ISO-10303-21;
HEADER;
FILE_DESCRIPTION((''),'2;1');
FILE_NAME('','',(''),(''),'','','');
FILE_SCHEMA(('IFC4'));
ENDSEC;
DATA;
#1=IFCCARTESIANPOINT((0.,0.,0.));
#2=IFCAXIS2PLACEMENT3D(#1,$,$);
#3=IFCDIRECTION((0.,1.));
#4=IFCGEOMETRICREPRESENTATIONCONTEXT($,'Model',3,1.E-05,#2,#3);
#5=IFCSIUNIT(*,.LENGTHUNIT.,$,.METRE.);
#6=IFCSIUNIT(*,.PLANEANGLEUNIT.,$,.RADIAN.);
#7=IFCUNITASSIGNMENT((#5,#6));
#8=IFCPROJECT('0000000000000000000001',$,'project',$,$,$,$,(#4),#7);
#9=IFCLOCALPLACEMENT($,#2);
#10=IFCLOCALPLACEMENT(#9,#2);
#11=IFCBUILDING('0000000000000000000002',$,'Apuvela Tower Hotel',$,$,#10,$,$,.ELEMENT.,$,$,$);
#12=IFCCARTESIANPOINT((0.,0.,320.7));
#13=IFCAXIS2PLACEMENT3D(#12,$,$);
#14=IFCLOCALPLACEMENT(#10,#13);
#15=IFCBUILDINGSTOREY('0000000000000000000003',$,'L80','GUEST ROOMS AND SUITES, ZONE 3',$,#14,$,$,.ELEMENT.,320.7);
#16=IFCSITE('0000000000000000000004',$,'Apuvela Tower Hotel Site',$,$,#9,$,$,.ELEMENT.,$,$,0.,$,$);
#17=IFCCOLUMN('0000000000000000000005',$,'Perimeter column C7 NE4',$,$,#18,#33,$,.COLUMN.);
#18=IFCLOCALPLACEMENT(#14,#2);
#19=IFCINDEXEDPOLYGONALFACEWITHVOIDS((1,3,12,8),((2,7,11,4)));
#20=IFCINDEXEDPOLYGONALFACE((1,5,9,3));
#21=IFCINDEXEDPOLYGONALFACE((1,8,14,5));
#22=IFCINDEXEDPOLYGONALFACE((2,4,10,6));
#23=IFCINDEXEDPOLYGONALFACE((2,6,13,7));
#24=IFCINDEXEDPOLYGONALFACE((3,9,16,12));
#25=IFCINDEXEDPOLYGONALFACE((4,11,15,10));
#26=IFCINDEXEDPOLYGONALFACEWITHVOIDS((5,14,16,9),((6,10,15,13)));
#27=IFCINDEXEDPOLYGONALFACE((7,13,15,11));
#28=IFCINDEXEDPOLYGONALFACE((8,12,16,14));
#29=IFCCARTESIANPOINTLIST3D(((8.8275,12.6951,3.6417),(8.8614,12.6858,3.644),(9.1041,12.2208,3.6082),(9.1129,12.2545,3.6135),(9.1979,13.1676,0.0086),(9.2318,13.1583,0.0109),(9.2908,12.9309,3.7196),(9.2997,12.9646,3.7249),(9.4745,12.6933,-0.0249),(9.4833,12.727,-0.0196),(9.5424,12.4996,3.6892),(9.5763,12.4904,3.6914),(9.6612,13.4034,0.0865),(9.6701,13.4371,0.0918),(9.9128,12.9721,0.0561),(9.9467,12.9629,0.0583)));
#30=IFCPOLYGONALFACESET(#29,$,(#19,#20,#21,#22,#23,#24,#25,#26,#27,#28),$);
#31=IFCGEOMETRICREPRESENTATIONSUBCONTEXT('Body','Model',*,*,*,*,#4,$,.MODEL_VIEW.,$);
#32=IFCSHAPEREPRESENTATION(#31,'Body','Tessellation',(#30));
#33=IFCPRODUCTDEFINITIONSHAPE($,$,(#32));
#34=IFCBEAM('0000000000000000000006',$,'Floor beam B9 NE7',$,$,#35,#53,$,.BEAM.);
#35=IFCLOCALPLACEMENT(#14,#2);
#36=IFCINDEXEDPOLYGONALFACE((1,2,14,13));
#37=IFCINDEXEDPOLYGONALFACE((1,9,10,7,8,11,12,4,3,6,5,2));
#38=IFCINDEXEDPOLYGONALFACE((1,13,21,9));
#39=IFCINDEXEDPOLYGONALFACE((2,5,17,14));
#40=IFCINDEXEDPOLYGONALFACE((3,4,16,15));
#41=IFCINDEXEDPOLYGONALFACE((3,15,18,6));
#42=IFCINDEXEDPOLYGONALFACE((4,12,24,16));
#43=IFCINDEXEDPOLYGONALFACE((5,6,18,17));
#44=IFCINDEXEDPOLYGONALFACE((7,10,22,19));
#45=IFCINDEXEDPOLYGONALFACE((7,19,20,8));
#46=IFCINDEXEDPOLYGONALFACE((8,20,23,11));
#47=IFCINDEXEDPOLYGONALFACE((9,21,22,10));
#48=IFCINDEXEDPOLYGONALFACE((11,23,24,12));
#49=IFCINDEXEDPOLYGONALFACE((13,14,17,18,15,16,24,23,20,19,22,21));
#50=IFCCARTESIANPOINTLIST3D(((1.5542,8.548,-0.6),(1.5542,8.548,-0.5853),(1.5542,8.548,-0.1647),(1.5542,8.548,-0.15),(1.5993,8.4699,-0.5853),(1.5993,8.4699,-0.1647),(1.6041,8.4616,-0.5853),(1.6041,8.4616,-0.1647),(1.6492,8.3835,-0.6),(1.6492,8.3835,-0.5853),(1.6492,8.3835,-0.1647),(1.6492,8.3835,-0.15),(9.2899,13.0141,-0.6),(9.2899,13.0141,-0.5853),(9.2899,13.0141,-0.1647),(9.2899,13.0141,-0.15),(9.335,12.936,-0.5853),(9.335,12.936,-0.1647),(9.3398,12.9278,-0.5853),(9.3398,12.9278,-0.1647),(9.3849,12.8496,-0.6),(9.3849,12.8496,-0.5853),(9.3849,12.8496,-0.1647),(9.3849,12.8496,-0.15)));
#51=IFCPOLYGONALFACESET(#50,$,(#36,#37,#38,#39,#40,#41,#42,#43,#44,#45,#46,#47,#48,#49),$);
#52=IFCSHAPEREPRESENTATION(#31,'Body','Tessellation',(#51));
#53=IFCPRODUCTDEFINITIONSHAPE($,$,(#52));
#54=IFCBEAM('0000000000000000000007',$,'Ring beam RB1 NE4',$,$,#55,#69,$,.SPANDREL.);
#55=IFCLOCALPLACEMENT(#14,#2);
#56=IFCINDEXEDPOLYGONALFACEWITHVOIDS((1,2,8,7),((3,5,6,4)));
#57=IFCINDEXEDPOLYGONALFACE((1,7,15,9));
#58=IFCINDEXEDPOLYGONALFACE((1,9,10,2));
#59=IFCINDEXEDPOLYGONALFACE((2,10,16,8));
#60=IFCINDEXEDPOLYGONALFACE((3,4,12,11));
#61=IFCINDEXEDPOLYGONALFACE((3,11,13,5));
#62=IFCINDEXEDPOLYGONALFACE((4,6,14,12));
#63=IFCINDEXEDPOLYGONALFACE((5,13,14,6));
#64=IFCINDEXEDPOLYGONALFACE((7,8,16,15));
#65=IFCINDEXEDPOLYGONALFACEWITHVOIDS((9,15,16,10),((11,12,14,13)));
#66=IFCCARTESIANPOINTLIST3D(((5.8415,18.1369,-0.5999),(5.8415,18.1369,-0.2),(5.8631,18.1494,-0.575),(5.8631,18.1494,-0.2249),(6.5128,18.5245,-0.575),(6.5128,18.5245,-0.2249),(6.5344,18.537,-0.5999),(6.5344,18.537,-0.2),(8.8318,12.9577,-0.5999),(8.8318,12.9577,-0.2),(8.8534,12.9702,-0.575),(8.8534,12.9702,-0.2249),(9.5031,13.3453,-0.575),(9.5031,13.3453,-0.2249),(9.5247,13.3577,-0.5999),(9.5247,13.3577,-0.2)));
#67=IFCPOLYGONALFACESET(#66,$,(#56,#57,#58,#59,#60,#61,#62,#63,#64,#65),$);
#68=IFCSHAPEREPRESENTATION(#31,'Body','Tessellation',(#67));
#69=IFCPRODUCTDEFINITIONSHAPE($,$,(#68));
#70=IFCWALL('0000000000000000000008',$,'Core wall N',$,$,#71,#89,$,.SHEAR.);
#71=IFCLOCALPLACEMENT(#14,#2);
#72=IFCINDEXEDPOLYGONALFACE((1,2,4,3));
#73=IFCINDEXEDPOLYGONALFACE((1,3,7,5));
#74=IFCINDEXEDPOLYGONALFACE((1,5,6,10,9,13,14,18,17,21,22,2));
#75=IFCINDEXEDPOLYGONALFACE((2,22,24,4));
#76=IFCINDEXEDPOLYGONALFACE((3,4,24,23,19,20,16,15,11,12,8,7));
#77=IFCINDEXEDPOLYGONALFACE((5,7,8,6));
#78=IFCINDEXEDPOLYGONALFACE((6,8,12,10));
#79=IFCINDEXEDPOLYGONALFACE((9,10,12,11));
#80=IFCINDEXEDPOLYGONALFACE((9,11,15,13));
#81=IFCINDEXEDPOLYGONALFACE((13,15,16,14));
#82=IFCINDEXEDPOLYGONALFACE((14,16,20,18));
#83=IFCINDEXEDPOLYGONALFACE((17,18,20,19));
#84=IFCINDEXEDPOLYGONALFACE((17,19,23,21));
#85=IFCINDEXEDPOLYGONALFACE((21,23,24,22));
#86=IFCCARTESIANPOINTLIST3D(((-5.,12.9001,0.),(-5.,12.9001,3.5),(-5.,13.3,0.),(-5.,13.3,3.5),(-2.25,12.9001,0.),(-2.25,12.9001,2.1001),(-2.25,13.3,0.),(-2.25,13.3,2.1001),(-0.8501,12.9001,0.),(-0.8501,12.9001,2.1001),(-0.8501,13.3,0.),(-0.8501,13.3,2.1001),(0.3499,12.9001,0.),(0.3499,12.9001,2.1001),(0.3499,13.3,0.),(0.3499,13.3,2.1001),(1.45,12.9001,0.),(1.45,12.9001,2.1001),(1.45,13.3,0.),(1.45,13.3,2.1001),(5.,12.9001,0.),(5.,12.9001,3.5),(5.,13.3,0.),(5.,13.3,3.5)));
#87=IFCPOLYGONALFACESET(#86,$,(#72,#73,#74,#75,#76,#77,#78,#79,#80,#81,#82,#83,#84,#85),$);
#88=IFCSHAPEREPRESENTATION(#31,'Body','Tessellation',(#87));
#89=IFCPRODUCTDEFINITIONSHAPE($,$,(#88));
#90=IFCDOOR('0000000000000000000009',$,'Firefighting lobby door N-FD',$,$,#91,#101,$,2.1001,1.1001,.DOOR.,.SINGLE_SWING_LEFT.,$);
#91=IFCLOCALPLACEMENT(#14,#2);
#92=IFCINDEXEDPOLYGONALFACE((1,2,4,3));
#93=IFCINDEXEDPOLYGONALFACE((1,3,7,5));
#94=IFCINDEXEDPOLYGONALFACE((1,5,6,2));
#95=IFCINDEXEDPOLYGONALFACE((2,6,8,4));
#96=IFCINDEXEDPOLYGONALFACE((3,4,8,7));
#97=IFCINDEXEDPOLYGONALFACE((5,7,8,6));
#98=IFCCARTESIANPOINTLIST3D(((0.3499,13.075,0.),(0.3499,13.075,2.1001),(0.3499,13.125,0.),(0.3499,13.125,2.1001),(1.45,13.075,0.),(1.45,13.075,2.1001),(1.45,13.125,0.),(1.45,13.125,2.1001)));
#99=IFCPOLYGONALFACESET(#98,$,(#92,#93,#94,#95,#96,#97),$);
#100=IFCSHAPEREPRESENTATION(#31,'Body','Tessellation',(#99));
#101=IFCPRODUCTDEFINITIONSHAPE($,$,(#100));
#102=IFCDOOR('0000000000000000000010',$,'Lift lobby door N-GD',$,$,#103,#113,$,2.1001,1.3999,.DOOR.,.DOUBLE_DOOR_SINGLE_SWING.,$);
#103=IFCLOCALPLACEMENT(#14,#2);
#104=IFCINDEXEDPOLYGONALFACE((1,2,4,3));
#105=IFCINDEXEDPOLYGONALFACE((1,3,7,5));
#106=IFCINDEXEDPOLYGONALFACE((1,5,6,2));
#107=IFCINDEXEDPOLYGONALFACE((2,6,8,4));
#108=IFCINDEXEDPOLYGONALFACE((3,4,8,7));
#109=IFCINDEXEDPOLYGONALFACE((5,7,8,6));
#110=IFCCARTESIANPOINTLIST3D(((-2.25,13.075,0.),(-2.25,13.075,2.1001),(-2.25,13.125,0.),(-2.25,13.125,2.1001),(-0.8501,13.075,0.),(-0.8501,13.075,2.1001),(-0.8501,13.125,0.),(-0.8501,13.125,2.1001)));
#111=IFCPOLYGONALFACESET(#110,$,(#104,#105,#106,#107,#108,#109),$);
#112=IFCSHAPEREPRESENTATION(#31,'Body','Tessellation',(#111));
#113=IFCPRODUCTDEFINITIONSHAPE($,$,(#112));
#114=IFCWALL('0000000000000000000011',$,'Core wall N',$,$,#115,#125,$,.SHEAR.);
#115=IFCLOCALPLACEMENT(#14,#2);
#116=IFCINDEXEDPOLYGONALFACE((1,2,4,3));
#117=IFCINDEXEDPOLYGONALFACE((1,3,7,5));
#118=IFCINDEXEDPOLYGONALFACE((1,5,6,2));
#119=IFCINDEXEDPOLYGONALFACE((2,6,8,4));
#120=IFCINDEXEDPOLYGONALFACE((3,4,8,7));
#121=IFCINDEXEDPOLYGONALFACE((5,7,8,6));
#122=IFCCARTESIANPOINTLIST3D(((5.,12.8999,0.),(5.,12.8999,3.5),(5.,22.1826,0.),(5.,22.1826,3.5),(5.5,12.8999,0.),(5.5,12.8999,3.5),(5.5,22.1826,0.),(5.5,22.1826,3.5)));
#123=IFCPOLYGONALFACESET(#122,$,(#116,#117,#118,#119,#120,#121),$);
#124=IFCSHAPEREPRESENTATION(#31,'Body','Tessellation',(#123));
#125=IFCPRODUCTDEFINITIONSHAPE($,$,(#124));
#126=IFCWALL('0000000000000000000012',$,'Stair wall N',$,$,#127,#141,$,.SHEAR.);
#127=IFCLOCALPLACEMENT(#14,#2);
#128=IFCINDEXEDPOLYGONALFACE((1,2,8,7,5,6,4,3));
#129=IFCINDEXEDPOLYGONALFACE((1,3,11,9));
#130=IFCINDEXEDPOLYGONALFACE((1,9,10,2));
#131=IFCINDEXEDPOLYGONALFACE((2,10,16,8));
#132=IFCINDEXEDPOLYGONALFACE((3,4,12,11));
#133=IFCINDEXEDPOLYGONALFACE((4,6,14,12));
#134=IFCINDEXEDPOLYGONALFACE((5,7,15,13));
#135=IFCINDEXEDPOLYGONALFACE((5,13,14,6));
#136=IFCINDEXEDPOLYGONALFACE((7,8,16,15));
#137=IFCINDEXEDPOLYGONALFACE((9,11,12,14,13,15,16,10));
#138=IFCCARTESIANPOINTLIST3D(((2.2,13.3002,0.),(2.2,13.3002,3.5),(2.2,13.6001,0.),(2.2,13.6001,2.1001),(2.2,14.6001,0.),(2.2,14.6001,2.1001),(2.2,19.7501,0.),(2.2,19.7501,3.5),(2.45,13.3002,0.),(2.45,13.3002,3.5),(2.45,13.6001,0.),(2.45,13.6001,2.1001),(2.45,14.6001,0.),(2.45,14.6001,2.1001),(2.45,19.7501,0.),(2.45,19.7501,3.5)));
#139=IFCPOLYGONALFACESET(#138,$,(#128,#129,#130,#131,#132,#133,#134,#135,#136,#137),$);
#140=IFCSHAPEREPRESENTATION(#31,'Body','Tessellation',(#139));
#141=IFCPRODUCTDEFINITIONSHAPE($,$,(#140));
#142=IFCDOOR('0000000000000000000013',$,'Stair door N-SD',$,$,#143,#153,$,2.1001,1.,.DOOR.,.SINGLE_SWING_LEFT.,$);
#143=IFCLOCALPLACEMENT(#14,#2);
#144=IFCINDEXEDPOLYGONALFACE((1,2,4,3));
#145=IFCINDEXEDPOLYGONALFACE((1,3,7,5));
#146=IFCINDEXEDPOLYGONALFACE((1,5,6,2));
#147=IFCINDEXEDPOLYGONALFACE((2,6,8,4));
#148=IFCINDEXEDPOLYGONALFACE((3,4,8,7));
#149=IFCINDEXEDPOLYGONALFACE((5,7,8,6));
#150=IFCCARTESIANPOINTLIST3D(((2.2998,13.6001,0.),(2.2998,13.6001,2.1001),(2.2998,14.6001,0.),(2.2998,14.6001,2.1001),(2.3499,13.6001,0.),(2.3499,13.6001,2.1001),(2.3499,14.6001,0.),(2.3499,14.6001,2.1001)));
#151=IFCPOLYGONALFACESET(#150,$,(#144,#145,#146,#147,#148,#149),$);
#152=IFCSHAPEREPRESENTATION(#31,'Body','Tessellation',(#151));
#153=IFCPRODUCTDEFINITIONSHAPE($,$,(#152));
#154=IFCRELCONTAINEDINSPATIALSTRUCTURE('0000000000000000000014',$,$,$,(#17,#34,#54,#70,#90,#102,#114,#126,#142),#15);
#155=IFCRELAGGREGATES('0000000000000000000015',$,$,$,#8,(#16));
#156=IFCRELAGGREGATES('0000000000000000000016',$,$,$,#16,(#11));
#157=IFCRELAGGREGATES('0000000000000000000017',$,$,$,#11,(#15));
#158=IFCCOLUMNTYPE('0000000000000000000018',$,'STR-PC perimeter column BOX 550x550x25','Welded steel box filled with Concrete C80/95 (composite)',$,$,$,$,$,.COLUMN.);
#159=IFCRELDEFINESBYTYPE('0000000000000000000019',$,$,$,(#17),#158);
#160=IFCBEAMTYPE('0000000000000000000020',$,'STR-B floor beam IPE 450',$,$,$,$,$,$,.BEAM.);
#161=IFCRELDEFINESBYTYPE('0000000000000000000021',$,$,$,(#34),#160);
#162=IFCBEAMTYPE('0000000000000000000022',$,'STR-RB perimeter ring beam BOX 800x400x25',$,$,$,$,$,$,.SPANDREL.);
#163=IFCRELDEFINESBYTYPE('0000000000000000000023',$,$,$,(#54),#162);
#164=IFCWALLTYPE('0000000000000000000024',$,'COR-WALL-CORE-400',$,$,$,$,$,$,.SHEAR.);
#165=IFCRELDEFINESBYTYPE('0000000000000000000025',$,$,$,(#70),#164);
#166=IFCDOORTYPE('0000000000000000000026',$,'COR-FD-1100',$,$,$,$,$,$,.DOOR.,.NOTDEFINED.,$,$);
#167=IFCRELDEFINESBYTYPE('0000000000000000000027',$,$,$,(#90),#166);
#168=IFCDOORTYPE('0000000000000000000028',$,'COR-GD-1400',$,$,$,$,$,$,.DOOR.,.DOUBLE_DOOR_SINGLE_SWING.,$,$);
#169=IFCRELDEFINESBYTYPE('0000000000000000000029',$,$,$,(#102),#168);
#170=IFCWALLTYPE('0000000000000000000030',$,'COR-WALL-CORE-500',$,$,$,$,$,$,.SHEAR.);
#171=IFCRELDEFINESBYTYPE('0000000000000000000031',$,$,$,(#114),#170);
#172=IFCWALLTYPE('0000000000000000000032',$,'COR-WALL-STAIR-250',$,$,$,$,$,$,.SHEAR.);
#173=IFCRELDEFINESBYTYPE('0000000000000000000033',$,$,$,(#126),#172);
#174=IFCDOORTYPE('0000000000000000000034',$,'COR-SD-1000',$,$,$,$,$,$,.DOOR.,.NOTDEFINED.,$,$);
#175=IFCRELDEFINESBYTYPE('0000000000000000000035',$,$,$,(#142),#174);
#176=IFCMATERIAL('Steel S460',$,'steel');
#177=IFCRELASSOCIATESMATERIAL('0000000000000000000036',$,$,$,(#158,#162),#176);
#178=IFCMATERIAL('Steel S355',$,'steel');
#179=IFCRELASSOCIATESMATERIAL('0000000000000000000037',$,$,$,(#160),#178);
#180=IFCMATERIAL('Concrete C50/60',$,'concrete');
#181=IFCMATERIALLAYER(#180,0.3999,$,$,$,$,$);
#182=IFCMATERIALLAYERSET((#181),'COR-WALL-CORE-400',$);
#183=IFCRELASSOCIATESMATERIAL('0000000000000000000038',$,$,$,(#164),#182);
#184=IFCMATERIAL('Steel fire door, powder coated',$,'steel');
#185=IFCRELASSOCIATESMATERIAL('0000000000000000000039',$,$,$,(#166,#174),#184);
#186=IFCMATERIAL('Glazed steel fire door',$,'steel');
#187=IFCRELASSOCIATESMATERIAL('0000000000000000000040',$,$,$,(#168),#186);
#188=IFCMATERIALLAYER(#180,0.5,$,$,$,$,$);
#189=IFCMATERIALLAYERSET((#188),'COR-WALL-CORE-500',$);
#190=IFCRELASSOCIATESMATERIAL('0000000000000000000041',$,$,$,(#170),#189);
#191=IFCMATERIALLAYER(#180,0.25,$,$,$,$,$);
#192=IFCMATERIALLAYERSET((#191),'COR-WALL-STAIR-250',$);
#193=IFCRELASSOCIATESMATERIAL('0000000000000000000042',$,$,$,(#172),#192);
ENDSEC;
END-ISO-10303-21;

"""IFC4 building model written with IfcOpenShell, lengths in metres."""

from ifc_helpers import new_model, si_unit, direction, frame, frame_2d, origin, origin_2d, place, context, subcontext, project, spatial, rectangle, hollow_rectangle, i_section, extrude, boolean, halfspace, material, layer, layer_set, material_profile, profile_set, type_object, element, fill, save


model = new_model("IFC4")

# Units and contexts
model_context = context("Model", 3, precision=1e-05, world=origin(), true_north=direction((0.0, 1.0)))
body_context = subcontext(model_context, "Body", "Model", "MODEL_VIEW")
ifc_project = project(units=[si_unit("LENGTHUNIT", "METRE"), si_unit("PLANEANGLEUNIT", "RADIAN")], contexts=[model_context])

# Site, building, storey
site_placement = place(None, origin())
site = spatial("IfcSite", under=ifc_project, at=site_placement, Name="Apuvela Tower Hotel Site", CompositionType="ELEMENT", RefElevation=0.0)
building_placement = place(site_placement, origin())
building = spatial("IfcBuilding", under=site, at=building_placement, Name="Apuvela Tower Hotel", CompositionType="ELEMENT")
storey_placement = place(building_placement, frame((0.0, 0.0, 320.7)))
storey = spatial("IfcBuildingStorey", under=building, at=storey_placement, Name="L80", Description="GUEST ROOMS AND SUITES, ZONE 3", CompositionType="ELEMENT", Elevation=320.7)

# Column
ifc_material_1 = material(Name="Steel S460", Category="steel")
ifc_material_profile_1 = material_profile(ifc_material_1, hollow_rectangle(XDim=0.55, YDim=0.55, WallThickness=0.0249, at=origin_2d()), Name="BOX 550x550x25")
ifc_material_2 = material(Name="Concrete C80/95", Category="concrete")
ifc_material_profile_2 = material_profile(ifc_material_2, rectangle(XDim=0.5, YDim=0.5, at=origin_2d()), Name="Concrete C80/95 infill")
ifc_profile_set_1 = profile_set([ifc_material_profile_1, ifc_material_profile_2], Name="Steel S460")
column_type = type_object("IfcColumnType", Name="STR-PC perimeter column BOX 550x550x25", Description="Welded steel box filled with Concrete C80/95 (composite)", PredefinedType="COLUMN", material=ifc_profile_set_1)
column_placement = place(storey_placement, frame((9.5757, 13.0696, 0.0), z_axis=(-0.100582, -0.128316, 0.98662), x_axis=(-0.50286, 0.862222, 0.060872)))
element("IfcColumn", 1, at=column_placement, inside=storey, type_object=column_type, Name="Perimeter column C7 NE4", PredefinedType="COLUMN", context=body_context, shape_type="SweptSolid", body=[
    boolean("DIFFERENCE", boolean("DIFFERENCE", extrude(hollow_rectangle(XDim=0.55, YDim=0.55, WallThickness=0.0249, at=origin_2d()), origin(), (0.0, 0.0, 1.0), 3.7502), halfspace(frame((0.0, 0.0, 0.0339), z_axis=(0.0, 0.0, 1.0), x_axis=(1.0, 0.0, 0.0)), True)), halfspace(frame((0.0, 0.0, 3.7163), z_axis=(0.0, 0.0, 1.0), x_axis=(1.0, 0.0, 0.0)), False)),
])

# Beams
ifc_material_3 = material(Name="Steel S355", Category="steel")
ifc_material_profile_3 = material_profile(ifc_material_3, i_section(OverallWidth=0.1899, OverallDepth=0.45, WebThickness=0.0095, FlangeThickness=0.0146, at=origin_2d()), Name="IPE 450")
ifc_profile_set_2 = profile_set([ifc_material_profile_3], Name="Steel S355")
beam_type_1 = type_object("IfcBeamType", Name="STR-B floor beam IPE 450", PredefinedType="BEAM", material=ifc_profile_set_2)
beam_1_placement = place(storey_placement, frame((9.3374, 12.9319, -0.375), z_axis=(-0.866029, -0.499993, 0.0), x_axis=(0.499993, -0.866029, 0.0)))
element("IfcBeam", 2, at=beam_1_placement, inside=storey, type_object=beam_type_1, Name="Floor beam B9 NE7", PredefinedType="BEAM", context=body_context, shape_type="SweptSolid", body=[
    extrude(i_section(OverallWidth=0.1899, OverallDepth=0.45, WebThickness=0.0095, FlangeThickness=0.0146, at=origin_2d()), origin(), (0.0, 0.0, 1.0), 8.9324),
])
ifc_material_profile_4 = material_profile(ifc_material_1, hollow_rectangle(XDim=0.8, YDim=0.3999, WallThickness=0.0249, at=origin_2d()), Name="BOX 800x400x25")
ifc_profile_set_3 = profile_set([ifc_material_profile_4], Name="Steel S460")
beam_type_2 = type_object("IfcBeamType", Name="STR-RB perimeter ring beam BOX 800x400x25", PredefinedType="SPANDREL", material=ifc_profile_set_3)
beam_2_placement = place(storey_placement, frame((9.1782, 13.1577, -0.3999), z_axis=(-0.500003, 0.866024, 0.0), x_axis=(-0.866024, -0.500003, 0.0)))
element("IfcBeam", 3, at=beam_2_placement, inside=storey, type_object=beam_type_2, Name="Ring beam RB1 NE4", PredefinedType="SPANDREL", context=body_context, shape_type="SweptSolid", body=[
    extrude(hollow_rectangle(XDim=0.8, YDim=0.3999, WallThickness=0.0249, at=origin_2d()), origin(), (0.0, 0.0, 1.0), 5.9805),
])

# Wall, openings, doors
ifc_material_4 = material(Name="Concrete C50/60", Category="concrete")
ifc_layer_1 = layer(ifc_material_4, 0.3999)
ifc_layer_set_1 = layer_set([ifc_layer_1], Name="COR-WALL-CORE-400")
wall_type_1 = type_object("IfcWallType", Name="COR-WALL-CORE-400", PredefinedType="SHEAR", material=ifc_layer_set_1)
wall_1_placement = place(storey_placement, frame((5.0, 13.1001, 0.0), z_axis=(0.0, 0.0, 1.0), x_axis=(-1.0, 0.0, 0.0)))
wall_1 = element("IfcWall", 4, at=wall_1_placement, inside=storey, type_object=wall_type_1, Name="Core wall N", PredefinedType="SHEAR", context=body_context, shape_type="SweptSolid", body=[
    extrude(rectangle(XDim=10.0, YDim=0.3999, at=frame_2d((5.0, 0.0))), origin(), (0.0, 0.0, 1.0), 3.5),
])
opening_1_placement = place(wall_1_placement, frame((3.55, 0.0, 0.0)))
opening_1 = element("IfcOpeningElement", 5, at=opening_1_placement, cuts=wall_1, PredefinedType="OPENING", context=body_context, shape_type="SweptSolid", body=[
    extrude(rectangle(XDim=1.1001, YDim=2.1001, at=frame_2d((0.55, 1.05))), frame((0.0, 0.21, 0.0), z_axis=(0.0, -1.0, 0.0), x_axis=(1.0, 0.0, 0.0)), (0.0, 0.0, 1.0), 0.4199),
])
opening_2_placement = place(wall_1_placement, frame((5.8501, 0.0, 0.0)))
opening_2 = element("IfcOpeningElement", 6, at=opening_2_placement, cuts=wall_1, PredefinedType="OPENING", context=body_context, shape_type="SweptSolid", body=[
    extrude(rectangle(XDim=1.3999, YDim=2.1001, at=frame_2d((0.7, 1.05))), frame((0.0, 0.21, 0.0), z_axis=(0.0, -1.0, 0.0), x_axis=(1.0, 0.0, 0.0)), (0.0, 0.0, 1.0), 0.4199),
])
ifc_material_5 = material(Name="Steel fire door, powder coated", Category="steel")
door_type_1 = type_object("IfcDoorType", Name="COR-FD-1100", OperationType="NOTDEFINED", PredefinedType="DOOR", material=ifc_material_5)
door_1_placement = place(opening_1_placement, frame((1.1001, 0.0, 0.0), z_axis=(0.0, 0.0, 1.0), x_axis=(-1.0, 0.0, 0.0)))
door_1 = element("IfcDoor", 7, at=door_1_placement, inside=storey, type_object=door_type_1, Name="Firefighting lobby door N-FD", OperationType="SINGLE_SWING_LEFT", OverallHeight=2.1001, OverallWidth=1.1001, PredefinedType="DOOR", context=body_context, shape_type="SweptSolid", body=[
    extrude(rectangle(XDim=1.1001, YDim=2.1001, at=frame_2d((0.55, 1.05))), frame((0.0, 0.0249, 0.0), z_axis=(0.0, -1.0, 0.0), x_axis=(1.0, 0.0, 0.0)), (0.0, 0.0, 1.0), 0.05),
])
fill(opening_1, door_1)
ifc_material_6 = material(Name="Glazed steel fire door", Category="steel")
door_type_2 = type_object("IfcDoorType", Name="COR-GD-1400", OperationType="DOUBLE_DOOR_SINGLE_SWING", PredefinedType="DOOR", material=ifc_material_6)
door_2_placement = place(opening_2_placement, frame((1.3999, 0.0, 0.0), z_axis=(0.0, 0.0, 1.0), x_axis=(-1.0, 0.0, 0.0)))
door_2 = element("IfcDoor", 8, at=door_2_placement, inside=storey, type_object=door_type_2, Name="Lift lobby door N-GD", OperationType="DOUBLE_DOOR_SINGLE_SWING", OverallHeight=2.1001, OverallWidth=1.3999, PredefinedType="DOOR", context=body_context, shape_type="SweptSolid", body=[
    extrude(rectangle(XDim=1.3999, YDim=2.1001, at=frame_2d((0.7, 1.05))), frame((0.0, 0.0249, 0.0), z_axis=(0.0, -1.0, 0.0), x_axis=(1.0, 0.0, 0.0)), (0.0, 0.0, 1.0), 0.05),
])
fill(opening_2, door_2)

# Wall
ifc_layer_2 = layer(ifc_material_4, 0.5)
ifc_layer_set_2 = layer_set([ifc_layer_2], Name="COR-WALL-CORE-500")
wall_type_2 = type_object("IfcWallType", Name="COR-WALL-CORE-500", PredefinedType="SHEAR", material=ifc_layer_set_2)
wall_2_placement = place(storey_placement, frame((5.25, 12.8999, 0.0), z_axis=(0.0, 0.0, 1.0), x_axis=(0.0, 1.0, 0.0)))
element("IfcWall", 9, at=wall_2_placement, inside=storey, type_object=wall_type_2, Name="Core wall N", PredefinedType="SHEAR", context=body_context, shape_type="SweptSolid", body=[
    extrude(rectangle(XDim=9.2827, YDim=0.5, at=frame_2d((4.6414, 0.0))), origin(), (0.0, 0.0, 1.0), 3.5),
])

# Wall, opening, door
ifc_layer_3 = layer(ifc_material_4, 0.25)
ifc_layer_set_3 = layer_set([ifc_layer_3], Name="COR-WALL-STAIR-250")
wall_type_3 = type_object("IfcWallType", Name="COR-WALL-STAIR-250", PredefinedType="SHEAR", material=ifc_layer_set_3)
wall_3_placement = place(storey_placement, frame((2.325, 13.3, 0.0), z_axis=(0.0, 0.0, 1.0), x_axis=(0.0, 1.0, 0.0)))
wall_3 = element("IfcWall", 10, at=wall_3_placement, inside=storey, type_object=wall_type_3, Name="Stair wall N", PredefinedType="SHEAR", context=body_context, shape_type="SweptSolid", body=[
    extrude(rectangle(XDim=6.45, YDim=0.25, at=frame_2d((3.2251, 0.0))), origin(), (0.0, 0.0, 1.0), 3.5),
])
opening_3_placement = place(wall_3_placement, frame((0.3, 0.0, 0.0)))
opening_3 = element("IfcOpeningElement", 11, at=opening_3_placement, cuts=wall_3, PredefinedType="OPENING", context=body_context, shape_type="SweptSolid", body=[
    extrude(rectangle(XDim=1.0, YDim=2.1001, at=frame_2d((0.5, 1.05))), frame((0.0, 0.135, 0.0), z_axis=(0.0, -1.0, 0.0), x_axis=(1.0, 0.0, 0.0)), (0.0, 0.0, 1.0), 0.27),
])
door_type_3 = type_object("IfcDoorType", Name="COR-SD-1000", OperationType="NOTDEFINED", PredefinedType="DOOR", material=ifc_material_5)
door_3_placement = place(opening_3_placement, frame((1.0, 0.0, 0.0), z_axis=(0.0, 0.0, 1.0), x_axis=(-1.0, 0.0, 0.0)))
door_3 = element("IfcDoor", 12, at=door_3_placement, inside=storey, type_object=door_type_3, Name="Stair door N-SD", OperationType="SINGLE_SWING_LEFT", OverallHeight=2.1001, OverallWidth=1.0, PredefinedType="DOOR", context=body_context, shape_type="SweptSolid", body=[
    extrude(rectangle(XDim=1.0, YDim=2.1001, at=frame_2d((0.5, 1.05))), frame((0.0, 0.0249, 0.0), z_axis=(0.0, -1.0, 0.0), x_axis=(1.0, 0.0, 0.0)), (0.0, 0.0, 1.0), 0.05),
])
fill(opening_3, door_3)

save(model, "model.ifc")
